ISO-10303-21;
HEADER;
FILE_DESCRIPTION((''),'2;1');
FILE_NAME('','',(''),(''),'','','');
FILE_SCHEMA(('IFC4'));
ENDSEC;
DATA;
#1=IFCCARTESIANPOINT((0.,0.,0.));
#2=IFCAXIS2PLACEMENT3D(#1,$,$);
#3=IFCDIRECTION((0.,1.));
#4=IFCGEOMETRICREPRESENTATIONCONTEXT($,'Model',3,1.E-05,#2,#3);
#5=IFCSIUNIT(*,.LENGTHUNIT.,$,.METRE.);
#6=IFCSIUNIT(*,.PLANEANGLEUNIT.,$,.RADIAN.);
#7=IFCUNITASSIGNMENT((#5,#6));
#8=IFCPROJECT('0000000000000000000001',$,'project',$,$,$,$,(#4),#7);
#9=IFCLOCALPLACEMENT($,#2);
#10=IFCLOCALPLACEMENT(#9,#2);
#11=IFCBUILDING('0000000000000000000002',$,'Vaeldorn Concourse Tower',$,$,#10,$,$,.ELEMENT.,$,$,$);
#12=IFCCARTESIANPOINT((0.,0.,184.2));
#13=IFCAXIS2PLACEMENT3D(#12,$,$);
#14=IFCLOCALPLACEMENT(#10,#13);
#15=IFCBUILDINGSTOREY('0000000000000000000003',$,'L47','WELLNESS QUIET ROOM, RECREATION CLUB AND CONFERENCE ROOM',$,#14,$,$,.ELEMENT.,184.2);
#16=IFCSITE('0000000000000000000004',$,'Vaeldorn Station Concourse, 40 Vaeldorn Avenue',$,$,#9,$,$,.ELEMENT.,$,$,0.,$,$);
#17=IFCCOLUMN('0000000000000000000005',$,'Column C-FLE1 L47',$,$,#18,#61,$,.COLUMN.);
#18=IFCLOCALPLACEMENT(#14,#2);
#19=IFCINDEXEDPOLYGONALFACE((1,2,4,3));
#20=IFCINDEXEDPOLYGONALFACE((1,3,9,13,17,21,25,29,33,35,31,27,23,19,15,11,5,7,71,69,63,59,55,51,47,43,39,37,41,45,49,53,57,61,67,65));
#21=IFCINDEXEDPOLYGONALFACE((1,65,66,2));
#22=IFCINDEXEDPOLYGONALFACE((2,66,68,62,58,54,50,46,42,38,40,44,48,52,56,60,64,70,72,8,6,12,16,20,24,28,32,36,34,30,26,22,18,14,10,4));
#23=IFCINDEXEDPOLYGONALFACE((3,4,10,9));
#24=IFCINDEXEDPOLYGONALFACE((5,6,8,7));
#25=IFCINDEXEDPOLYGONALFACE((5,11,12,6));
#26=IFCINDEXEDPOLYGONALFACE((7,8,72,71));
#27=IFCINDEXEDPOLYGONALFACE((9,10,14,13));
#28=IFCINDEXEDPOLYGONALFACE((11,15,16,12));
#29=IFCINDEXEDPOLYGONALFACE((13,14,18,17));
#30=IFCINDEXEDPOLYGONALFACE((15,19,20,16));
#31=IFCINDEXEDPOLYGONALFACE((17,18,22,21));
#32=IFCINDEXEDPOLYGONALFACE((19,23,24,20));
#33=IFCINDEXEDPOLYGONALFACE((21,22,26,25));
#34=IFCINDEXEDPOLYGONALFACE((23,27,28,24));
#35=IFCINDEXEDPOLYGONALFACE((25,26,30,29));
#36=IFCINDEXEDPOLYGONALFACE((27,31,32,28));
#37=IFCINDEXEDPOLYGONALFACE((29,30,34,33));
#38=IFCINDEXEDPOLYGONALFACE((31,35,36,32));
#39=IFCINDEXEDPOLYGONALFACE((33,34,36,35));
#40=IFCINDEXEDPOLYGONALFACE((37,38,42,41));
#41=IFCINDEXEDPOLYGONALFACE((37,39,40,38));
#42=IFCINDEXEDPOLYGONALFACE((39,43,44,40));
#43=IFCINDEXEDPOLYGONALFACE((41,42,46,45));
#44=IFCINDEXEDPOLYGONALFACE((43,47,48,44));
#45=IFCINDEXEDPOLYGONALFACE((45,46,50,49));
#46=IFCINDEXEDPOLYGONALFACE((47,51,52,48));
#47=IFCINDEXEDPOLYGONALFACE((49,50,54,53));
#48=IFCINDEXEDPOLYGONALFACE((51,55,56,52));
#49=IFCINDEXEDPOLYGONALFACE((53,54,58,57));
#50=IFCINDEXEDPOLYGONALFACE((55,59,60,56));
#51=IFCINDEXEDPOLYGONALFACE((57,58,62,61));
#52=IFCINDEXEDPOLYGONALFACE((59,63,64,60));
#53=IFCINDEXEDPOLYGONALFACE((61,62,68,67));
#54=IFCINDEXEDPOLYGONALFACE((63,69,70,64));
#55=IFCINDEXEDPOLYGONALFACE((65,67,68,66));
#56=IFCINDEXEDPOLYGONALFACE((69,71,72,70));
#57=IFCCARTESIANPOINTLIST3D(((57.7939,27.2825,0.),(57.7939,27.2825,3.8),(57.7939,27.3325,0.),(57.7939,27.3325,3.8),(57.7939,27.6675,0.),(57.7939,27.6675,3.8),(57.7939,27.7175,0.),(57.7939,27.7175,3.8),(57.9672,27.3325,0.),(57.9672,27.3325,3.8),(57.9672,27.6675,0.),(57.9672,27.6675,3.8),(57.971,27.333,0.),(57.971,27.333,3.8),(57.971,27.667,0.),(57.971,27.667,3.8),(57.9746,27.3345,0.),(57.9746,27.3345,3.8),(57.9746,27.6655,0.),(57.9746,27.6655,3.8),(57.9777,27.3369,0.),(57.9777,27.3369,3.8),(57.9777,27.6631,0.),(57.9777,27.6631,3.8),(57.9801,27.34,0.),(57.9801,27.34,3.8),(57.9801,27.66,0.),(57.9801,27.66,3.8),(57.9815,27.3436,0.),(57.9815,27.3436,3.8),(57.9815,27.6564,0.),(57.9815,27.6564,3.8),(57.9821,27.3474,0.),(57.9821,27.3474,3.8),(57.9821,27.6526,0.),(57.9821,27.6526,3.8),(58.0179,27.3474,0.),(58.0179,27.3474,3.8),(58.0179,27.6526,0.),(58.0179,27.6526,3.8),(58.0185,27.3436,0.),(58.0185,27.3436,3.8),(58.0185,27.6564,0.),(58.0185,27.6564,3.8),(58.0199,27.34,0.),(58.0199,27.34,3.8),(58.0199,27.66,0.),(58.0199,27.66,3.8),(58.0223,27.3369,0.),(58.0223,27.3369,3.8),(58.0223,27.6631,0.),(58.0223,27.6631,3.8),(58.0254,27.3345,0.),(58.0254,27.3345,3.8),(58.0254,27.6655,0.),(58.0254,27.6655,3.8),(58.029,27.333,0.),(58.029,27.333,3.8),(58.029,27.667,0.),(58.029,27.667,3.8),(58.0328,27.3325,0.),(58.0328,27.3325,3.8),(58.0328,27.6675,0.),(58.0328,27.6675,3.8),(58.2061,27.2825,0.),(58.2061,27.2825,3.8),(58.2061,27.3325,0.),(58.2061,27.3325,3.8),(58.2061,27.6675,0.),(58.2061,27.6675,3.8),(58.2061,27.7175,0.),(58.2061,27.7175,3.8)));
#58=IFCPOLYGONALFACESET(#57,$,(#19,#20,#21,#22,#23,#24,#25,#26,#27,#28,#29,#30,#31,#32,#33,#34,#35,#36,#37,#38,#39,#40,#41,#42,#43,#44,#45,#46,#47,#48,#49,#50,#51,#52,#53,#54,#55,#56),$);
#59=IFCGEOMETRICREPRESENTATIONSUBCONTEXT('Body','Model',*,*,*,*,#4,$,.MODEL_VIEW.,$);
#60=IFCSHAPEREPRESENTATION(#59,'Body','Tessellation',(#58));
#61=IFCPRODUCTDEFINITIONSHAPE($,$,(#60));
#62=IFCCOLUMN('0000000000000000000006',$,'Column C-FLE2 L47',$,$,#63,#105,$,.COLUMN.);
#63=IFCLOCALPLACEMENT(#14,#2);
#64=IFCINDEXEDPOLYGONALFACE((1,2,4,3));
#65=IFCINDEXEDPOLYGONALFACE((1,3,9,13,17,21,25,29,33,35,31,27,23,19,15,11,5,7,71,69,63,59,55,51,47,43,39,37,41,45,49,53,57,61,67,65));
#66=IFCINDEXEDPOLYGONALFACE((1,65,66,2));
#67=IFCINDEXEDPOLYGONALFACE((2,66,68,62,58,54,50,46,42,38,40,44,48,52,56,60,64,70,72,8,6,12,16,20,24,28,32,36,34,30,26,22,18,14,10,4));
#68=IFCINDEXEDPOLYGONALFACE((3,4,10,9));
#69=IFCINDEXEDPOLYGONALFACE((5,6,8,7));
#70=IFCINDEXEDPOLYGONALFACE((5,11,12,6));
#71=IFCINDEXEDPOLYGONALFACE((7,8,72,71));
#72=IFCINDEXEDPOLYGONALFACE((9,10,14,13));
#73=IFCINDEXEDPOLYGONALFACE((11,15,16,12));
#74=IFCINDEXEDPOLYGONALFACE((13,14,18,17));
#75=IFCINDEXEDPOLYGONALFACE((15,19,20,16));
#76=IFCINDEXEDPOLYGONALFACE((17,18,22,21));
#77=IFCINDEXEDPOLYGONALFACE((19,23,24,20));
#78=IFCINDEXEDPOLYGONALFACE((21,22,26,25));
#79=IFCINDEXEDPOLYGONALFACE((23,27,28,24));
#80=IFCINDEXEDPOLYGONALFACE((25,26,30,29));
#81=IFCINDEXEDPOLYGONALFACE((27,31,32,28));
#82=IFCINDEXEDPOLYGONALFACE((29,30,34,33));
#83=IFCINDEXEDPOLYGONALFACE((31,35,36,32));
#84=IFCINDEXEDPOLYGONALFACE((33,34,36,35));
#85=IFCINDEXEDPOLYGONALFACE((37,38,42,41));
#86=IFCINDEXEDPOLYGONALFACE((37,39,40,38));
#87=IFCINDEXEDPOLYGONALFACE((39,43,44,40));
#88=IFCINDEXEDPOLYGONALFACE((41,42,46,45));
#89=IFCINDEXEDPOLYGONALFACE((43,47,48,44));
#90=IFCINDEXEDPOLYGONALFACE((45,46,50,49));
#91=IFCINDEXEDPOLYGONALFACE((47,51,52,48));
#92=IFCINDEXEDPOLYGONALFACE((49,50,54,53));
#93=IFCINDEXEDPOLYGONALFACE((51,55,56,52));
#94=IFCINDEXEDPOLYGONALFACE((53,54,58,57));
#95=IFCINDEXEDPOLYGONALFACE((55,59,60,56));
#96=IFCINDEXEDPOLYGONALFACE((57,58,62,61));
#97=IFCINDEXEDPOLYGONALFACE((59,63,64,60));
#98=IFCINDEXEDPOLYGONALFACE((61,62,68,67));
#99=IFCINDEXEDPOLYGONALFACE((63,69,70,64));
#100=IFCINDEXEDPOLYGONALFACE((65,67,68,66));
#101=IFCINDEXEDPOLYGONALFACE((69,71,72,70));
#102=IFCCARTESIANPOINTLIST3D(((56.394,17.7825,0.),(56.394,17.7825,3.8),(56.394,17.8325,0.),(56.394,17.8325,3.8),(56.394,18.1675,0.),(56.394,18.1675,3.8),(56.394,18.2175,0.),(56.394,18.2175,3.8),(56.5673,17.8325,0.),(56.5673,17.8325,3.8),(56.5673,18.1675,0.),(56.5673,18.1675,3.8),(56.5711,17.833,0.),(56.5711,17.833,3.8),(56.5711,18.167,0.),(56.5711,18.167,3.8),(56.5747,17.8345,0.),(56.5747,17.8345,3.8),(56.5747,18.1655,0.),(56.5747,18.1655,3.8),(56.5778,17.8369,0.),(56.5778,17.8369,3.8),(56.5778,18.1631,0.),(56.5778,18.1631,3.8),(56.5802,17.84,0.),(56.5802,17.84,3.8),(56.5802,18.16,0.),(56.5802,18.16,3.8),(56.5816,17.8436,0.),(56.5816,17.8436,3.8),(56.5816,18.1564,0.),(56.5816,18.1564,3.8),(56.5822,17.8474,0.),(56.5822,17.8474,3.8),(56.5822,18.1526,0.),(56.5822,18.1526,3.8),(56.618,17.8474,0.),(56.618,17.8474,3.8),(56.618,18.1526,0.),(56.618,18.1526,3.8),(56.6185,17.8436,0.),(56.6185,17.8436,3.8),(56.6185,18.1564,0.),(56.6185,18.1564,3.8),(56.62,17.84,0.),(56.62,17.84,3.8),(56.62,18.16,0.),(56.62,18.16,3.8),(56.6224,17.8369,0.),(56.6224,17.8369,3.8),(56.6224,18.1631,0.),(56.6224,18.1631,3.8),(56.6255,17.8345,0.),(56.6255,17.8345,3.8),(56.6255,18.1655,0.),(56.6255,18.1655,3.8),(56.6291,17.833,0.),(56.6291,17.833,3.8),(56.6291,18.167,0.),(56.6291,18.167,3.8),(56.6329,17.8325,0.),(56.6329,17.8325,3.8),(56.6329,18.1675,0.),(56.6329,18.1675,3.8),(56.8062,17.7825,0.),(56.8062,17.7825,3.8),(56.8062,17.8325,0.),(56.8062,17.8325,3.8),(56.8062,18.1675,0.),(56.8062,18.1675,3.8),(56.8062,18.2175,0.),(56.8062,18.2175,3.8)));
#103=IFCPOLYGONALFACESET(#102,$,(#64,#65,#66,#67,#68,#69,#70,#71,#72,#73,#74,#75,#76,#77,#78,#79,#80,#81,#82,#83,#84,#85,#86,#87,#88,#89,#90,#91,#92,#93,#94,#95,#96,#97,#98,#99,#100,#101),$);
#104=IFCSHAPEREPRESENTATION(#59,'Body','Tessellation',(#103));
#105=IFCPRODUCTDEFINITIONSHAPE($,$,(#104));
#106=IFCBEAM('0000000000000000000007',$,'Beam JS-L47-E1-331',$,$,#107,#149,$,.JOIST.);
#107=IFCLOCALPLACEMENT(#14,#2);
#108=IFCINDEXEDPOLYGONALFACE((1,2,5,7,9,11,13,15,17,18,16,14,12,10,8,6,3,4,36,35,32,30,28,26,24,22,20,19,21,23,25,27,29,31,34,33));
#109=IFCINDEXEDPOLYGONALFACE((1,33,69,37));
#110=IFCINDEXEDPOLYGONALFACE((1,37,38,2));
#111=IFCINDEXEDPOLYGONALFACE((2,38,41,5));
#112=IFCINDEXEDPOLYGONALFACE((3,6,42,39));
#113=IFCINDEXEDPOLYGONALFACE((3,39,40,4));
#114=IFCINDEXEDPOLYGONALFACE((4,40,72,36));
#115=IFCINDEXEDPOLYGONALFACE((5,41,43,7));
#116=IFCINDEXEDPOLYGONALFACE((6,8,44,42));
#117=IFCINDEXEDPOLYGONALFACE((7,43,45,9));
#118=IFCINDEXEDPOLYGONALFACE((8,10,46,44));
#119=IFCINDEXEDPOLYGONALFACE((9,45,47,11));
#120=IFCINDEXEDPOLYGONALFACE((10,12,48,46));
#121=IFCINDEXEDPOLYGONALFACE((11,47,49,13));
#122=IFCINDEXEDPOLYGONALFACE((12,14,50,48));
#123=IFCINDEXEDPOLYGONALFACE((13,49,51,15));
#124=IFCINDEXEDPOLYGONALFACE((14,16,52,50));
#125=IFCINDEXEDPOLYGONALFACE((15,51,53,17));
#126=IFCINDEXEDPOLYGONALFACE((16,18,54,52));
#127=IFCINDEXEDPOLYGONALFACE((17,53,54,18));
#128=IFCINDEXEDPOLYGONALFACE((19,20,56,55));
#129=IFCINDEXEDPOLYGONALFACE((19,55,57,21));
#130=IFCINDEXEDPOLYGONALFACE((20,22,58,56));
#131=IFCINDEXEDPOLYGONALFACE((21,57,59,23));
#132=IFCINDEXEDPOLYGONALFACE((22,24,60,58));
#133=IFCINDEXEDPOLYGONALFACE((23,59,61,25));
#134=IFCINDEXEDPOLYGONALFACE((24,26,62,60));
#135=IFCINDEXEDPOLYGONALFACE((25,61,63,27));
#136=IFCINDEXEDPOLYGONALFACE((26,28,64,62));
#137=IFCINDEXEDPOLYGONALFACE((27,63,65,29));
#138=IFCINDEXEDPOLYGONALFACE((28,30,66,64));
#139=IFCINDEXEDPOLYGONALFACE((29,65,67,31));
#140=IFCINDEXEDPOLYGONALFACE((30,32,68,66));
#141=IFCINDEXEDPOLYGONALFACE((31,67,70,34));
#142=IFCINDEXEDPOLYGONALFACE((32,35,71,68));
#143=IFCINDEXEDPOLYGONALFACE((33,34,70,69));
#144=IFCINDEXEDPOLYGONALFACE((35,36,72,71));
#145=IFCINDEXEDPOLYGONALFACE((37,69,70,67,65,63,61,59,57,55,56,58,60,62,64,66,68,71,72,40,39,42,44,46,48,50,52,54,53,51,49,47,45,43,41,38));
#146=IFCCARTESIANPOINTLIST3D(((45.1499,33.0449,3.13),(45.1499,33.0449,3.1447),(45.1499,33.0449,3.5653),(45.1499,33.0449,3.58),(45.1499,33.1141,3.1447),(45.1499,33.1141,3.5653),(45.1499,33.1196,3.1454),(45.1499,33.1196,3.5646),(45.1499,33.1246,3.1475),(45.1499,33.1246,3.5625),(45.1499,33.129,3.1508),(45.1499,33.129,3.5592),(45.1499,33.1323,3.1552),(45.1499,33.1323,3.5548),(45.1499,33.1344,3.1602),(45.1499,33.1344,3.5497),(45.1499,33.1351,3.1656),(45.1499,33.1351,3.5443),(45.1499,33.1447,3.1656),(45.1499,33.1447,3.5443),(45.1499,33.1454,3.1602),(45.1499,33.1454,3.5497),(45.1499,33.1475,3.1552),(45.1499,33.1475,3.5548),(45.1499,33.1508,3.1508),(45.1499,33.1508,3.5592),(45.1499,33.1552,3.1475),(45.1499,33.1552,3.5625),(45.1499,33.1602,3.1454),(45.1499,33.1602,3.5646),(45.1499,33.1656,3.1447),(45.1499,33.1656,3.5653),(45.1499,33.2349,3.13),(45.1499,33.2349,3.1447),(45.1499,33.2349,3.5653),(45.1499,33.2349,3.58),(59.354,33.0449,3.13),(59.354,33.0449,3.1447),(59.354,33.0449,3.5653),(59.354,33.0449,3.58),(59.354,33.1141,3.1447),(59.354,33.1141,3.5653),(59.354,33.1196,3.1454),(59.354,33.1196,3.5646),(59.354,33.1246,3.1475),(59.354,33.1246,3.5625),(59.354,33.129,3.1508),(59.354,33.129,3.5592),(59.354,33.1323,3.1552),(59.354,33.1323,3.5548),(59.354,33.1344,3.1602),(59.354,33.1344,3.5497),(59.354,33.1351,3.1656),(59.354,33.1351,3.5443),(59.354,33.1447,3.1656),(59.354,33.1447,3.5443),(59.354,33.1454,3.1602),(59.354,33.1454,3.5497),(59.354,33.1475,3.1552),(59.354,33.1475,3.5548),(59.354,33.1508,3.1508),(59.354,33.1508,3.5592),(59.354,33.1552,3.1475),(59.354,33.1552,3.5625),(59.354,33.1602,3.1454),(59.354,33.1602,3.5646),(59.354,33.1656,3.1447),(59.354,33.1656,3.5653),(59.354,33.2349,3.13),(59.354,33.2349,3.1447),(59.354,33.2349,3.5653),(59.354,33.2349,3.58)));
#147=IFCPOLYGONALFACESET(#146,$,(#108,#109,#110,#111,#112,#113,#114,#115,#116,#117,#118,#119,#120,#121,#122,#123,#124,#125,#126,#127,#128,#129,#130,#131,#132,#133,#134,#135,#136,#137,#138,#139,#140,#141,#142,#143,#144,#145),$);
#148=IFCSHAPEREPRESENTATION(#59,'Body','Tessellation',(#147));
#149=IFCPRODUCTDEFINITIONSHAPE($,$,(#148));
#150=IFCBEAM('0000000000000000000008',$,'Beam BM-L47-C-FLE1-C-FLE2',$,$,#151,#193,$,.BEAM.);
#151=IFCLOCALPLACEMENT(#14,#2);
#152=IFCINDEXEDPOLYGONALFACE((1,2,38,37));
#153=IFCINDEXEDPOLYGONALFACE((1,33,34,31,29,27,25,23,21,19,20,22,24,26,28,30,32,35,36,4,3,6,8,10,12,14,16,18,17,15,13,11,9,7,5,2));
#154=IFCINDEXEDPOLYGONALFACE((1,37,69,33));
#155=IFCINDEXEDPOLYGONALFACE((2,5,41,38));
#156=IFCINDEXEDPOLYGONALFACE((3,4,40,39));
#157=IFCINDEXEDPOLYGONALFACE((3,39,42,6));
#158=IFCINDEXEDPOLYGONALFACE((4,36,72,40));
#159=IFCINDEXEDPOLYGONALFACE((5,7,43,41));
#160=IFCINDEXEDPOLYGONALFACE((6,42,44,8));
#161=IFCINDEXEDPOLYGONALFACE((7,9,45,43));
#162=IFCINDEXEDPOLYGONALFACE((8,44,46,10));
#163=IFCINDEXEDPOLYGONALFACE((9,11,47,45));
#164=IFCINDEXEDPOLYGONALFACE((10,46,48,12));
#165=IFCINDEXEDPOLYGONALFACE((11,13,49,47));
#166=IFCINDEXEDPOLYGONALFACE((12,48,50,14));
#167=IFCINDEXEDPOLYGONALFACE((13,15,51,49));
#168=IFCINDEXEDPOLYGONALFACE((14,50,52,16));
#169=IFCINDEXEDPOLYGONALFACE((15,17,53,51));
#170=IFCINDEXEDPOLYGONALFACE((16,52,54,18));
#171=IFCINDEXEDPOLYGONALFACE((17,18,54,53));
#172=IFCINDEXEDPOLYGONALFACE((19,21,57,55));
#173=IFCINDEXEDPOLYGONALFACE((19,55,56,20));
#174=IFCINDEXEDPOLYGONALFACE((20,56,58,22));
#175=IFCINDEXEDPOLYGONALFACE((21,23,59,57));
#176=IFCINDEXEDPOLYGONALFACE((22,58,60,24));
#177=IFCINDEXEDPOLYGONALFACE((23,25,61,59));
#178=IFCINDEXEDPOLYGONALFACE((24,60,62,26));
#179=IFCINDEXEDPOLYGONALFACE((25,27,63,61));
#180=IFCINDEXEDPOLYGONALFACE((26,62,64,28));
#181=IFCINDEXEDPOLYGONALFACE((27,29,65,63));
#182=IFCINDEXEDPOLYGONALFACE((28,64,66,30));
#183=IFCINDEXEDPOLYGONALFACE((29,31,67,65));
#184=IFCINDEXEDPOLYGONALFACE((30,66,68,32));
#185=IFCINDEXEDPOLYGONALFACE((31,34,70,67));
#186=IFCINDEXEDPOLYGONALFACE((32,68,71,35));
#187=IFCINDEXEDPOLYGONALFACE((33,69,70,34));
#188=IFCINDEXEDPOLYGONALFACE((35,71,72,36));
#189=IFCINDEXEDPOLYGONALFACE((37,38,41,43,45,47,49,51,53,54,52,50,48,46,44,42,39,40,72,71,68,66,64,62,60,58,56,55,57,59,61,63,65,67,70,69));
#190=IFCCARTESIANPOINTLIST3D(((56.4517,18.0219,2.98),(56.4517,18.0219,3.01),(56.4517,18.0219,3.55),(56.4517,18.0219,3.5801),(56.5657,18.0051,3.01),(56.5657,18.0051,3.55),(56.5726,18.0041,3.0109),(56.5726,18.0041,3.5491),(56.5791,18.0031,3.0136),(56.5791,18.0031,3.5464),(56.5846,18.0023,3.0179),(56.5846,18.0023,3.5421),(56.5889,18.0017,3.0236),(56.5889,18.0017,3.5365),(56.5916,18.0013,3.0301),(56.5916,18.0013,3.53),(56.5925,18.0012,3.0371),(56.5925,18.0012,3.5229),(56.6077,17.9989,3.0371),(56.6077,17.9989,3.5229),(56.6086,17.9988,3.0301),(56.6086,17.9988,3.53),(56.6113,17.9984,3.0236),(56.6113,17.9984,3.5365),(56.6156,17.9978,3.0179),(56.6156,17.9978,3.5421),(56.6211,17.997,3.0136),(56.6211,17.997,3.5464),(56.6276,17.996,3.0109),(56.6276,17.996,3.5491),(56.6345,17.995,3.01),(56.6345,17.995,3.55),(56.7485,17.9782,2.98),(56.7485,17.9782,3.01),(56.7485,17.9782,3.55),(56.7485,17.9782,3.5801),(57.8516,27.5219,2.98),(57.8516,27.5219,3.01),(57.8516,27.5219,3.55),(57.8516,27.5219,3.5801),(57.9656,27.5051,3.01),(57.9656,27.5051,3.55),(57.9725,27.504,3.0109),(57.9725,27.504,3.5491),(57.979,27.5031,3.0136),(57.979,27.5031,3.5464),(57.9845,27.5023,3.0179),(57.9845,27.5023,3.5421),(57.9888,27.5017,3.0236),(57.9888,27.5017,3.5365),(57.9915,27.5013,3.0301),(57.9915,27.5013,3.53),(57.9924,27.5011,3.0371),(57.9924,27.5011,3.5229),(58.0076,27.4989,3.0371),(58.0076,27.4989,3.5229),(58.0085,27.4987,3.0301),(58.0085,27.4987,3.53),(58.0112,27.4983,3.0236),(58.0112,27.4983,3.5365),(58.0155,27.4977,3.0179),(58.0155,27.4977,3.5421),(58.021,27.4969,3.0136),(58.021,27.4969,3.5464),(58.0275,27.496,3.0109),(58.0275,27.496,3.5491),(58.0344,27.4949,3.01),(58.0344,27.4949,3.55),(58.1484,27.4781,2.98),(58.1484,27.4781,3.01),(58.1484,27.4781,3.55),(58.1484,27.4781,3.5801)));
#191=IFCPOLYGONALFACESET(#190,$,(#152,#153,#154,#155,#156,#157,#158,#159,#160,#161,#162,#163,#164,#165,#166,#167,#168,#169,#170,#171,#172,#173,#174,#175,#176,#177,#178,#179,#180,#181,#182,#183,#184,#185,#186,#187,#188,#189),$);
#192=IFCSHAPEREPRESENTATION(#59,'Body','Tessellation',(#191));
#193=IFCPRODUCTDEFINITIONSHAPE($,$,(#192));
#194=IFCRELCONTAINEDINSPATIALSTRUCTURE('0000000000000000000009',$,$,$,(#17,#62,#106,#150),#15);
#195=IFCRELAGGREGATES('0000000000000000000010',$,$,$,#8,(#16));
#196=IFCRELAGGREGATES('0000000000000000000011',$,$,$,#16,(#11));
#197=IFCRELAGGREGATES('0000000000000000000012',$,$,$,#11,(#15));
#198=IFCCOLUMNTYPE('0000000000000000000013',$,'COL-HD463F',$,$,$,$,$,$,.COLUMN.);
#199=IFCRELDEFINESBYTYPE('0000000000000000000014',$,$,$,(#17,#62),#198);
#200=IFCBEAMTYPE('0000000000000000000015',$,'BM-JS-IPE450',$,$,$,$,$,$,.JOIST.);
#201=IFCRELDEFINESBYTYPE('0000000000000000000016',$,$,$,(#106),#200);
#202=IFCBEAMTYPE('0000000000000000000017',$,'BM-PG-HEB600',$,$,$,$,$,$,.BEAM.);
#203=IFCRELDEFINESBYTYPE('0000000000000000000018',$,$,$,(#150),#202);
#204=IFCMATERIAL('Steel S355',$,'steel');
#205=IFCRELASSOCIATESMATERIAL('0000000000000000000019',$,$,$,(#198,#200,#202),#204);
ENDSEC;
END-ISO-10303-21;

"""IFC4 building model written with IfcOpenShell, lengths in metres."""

from ifc_helpers import new_model, si_unit, direction, frame, origin, origin_2d, place, context, subcontext, project, spatial, i_section, extrude, source, transform, mapped, material, material_profile, profile_set, type_object, element, save


model = new_model("IFC4")

# Units and contexts
model_context = context("Model", 3, precision=1e-05, world=origin(), true_north=direction((0.0, 1.0)))
body_context = subcontext(model_context, "Body", "Model", "MODEL_VIEW")
ifc_project = project(units=[si_unit("LENGTHUNIT", "METRE"), si_unit("PLANEANGLEUNIT", "RADIAN")], contexts=[model_context])

# Site, building, storey
site_placement = place(None, origin())
site = spatial("IfcSite", under=ifc_project, at=site_placement, Name="Vaeldorn Station Concourse, 40 Vaeldorn Avenue", CompositionType="ELEMENT", RefElevation=0.0)
building_placement = place(site_placement, origin())
building = spatial("IfcBuilding", under=site, at=building_placement, Name="Vaeldorn Concourse Tower", CompositionType="ELEMENT")
storey_placement = place(building_placement, frame((0.0, 0.0, 184.2)))
storey = spatial("IfcBuildingStorey", under=building, at=storey_placement, Name="L47", Description="WELLNESS QUIET ROOM, RECREATION CLUB AND CONFERENCE ROOM", CompositionType="ELEMENT", Elevation=184.2)

# Columns
ifc_material_1 = material(Name="Steel S355", Category="steel")
ifc_material_profile_1 = material_profile(ifc_material_1, i_section(OverallWidth=0.4121, OverallDepth=0.4351, WebThickness=0.0359, FlangeThickness=0.05, FilletRadius=0.0149, at=origin_2d()), Name="HD 400x463")
ifc_profile_set_1 = profile_set([ifc_material_profile_1], Name="Steel S355")
column_type = type_object("IfcColumnType", Name="COL-HD463F", PredefinedType="COLUMN", material=ifc_profile_set_1)
shared_shape_1 = source(origin(), body_context, "Body", "SweptSolid", [
    extrude(i_section(OverallWidth=0.4121, OverallDepth=0.4351, WebThickness=0.0359, FlangeThickness=0.05, FilletRadius=0.0149, at=origin_2d()), origin(), (0.0, 0.0, 1.0), 3.8),
])
for number, where, z_axis, x_axis, name in (
    (1, (58.0, 27.5, 0.0), (0.0, 0.0, 1.0), (1.0, 0.0, 0.0), "Column C-FLE1 L47"),
    (2, (56.6001, 18.0, 0.0), (0.0, 0.0, 1.0), (1.0, 0.0, 0.0), "Column C-FLE2 L47"),
):
    element("IfcColumn", number, at=place(storey_placement, frame(where, z_axis=z_axis, x_axis=x_axis)), inside=storey, type_object=column_type, Name=name, PredefinedType="COLUMN", context=body_context, shape_type="MappedRepresentation", body=[
        mapped(shared_shape_1, transform((0.0, 0.0, 0.0), scale=1.0)),
    ])

# Beams
ifc_material_profile_2 = material_profile(ifc_material_1, i_section(OverallWidth=0.1899, OverallDepth=0.45, WebThickness=0.0095, FlangeThickness=0.0146, FilletRadius=0.021, at=origin_2d()), Name="IPE 450")
ifc_profile_set_2 = profile_set([ifc_material_profile_2], Name="Steel S355")
beam_type_1 = type_object("IfcBeamType", Name="BM-JS-IPE450", PredefinedType="JOIST", material=ifc_profile_set_2)
shared_shape_2 = source(origin(), body_context, "Body", "SweptSolid", [
    extrude(i_section(OverallWidth=0.1899, OverallDepth=0.45, WebThickness=0.0095, FlangeThickness=0.0146, FilletRadius=0.021, at=origin_2d()), origin(), (0.0, 0.0, 1.0), 14.2041),
])
beam_1_placement = place(storey_placement, frame((45.1499, 33.1399, 3.355), z_axis=(1.0, 0.0, 0.0), x_axis=(0.0, 1.0, 0.0)))
element("IfcBeam", 3, at=beam_1_placement, inside=storey, type_object=beam_type_1, Name="Beam JS-L47-E1-331", PredefinedType="JOIST", context=body_context, shape_type="MappedRepresentation", body=[
    mapped(shared_shape_2, transform((0.0, 0.0, 0.0), scale=1.0)),
])
ifc_material_profile_3 = material_profile(ifc_material_1, i_section(OverallWidth=0.3, OverallDepth=0.6001, WebThickness=0.0154, FlangeThickness=0.03, FilletRadius=0.0271, at=origin_2d()), Name="HEB 600")
ifc_profile_set_3 = profile_set([ifc_material_profile_3], Name="Steel S355")
beam_type_2 = type_object("IfcBeamType", Name="BM-PG-HEB600", PredefinedType="BEAM", material=ifc_profile_set_3)
shared_shape_3 = source(origin(), body_context, "Body", "SweptSolid", [
    extrude(i_section(OverallWidth=0.3, OverallDepth=0.6001, WebThickness=0.0154, FlangeThickness=0.03, FilletRadius=0.0271, at=origin_2d()), origin(), (0.0, 0.0, 1.0), 9.6025),
])
beam_2_placement = place(storey_placement, frame((58.0, 27.5, 3.28), z_axis=(-0.145784, -0.989316, 0.0), x_axis=(0.989316, -0.145784, 0.0)))
element("IfcBeam", 4, at=beam_2_placement, inside=storey, type_object=beam_type_2, Name="Beam BM-L47-C-FLE1-C-FLE2", PredefinedType="BEAM", context=body_context, shape_type="MappedRepresentation", body=[
    mapped(shared_shape_3, transform((0.0, 0.0, 0.0), scale=1.0)),
])

save(model, "model.ifc")
